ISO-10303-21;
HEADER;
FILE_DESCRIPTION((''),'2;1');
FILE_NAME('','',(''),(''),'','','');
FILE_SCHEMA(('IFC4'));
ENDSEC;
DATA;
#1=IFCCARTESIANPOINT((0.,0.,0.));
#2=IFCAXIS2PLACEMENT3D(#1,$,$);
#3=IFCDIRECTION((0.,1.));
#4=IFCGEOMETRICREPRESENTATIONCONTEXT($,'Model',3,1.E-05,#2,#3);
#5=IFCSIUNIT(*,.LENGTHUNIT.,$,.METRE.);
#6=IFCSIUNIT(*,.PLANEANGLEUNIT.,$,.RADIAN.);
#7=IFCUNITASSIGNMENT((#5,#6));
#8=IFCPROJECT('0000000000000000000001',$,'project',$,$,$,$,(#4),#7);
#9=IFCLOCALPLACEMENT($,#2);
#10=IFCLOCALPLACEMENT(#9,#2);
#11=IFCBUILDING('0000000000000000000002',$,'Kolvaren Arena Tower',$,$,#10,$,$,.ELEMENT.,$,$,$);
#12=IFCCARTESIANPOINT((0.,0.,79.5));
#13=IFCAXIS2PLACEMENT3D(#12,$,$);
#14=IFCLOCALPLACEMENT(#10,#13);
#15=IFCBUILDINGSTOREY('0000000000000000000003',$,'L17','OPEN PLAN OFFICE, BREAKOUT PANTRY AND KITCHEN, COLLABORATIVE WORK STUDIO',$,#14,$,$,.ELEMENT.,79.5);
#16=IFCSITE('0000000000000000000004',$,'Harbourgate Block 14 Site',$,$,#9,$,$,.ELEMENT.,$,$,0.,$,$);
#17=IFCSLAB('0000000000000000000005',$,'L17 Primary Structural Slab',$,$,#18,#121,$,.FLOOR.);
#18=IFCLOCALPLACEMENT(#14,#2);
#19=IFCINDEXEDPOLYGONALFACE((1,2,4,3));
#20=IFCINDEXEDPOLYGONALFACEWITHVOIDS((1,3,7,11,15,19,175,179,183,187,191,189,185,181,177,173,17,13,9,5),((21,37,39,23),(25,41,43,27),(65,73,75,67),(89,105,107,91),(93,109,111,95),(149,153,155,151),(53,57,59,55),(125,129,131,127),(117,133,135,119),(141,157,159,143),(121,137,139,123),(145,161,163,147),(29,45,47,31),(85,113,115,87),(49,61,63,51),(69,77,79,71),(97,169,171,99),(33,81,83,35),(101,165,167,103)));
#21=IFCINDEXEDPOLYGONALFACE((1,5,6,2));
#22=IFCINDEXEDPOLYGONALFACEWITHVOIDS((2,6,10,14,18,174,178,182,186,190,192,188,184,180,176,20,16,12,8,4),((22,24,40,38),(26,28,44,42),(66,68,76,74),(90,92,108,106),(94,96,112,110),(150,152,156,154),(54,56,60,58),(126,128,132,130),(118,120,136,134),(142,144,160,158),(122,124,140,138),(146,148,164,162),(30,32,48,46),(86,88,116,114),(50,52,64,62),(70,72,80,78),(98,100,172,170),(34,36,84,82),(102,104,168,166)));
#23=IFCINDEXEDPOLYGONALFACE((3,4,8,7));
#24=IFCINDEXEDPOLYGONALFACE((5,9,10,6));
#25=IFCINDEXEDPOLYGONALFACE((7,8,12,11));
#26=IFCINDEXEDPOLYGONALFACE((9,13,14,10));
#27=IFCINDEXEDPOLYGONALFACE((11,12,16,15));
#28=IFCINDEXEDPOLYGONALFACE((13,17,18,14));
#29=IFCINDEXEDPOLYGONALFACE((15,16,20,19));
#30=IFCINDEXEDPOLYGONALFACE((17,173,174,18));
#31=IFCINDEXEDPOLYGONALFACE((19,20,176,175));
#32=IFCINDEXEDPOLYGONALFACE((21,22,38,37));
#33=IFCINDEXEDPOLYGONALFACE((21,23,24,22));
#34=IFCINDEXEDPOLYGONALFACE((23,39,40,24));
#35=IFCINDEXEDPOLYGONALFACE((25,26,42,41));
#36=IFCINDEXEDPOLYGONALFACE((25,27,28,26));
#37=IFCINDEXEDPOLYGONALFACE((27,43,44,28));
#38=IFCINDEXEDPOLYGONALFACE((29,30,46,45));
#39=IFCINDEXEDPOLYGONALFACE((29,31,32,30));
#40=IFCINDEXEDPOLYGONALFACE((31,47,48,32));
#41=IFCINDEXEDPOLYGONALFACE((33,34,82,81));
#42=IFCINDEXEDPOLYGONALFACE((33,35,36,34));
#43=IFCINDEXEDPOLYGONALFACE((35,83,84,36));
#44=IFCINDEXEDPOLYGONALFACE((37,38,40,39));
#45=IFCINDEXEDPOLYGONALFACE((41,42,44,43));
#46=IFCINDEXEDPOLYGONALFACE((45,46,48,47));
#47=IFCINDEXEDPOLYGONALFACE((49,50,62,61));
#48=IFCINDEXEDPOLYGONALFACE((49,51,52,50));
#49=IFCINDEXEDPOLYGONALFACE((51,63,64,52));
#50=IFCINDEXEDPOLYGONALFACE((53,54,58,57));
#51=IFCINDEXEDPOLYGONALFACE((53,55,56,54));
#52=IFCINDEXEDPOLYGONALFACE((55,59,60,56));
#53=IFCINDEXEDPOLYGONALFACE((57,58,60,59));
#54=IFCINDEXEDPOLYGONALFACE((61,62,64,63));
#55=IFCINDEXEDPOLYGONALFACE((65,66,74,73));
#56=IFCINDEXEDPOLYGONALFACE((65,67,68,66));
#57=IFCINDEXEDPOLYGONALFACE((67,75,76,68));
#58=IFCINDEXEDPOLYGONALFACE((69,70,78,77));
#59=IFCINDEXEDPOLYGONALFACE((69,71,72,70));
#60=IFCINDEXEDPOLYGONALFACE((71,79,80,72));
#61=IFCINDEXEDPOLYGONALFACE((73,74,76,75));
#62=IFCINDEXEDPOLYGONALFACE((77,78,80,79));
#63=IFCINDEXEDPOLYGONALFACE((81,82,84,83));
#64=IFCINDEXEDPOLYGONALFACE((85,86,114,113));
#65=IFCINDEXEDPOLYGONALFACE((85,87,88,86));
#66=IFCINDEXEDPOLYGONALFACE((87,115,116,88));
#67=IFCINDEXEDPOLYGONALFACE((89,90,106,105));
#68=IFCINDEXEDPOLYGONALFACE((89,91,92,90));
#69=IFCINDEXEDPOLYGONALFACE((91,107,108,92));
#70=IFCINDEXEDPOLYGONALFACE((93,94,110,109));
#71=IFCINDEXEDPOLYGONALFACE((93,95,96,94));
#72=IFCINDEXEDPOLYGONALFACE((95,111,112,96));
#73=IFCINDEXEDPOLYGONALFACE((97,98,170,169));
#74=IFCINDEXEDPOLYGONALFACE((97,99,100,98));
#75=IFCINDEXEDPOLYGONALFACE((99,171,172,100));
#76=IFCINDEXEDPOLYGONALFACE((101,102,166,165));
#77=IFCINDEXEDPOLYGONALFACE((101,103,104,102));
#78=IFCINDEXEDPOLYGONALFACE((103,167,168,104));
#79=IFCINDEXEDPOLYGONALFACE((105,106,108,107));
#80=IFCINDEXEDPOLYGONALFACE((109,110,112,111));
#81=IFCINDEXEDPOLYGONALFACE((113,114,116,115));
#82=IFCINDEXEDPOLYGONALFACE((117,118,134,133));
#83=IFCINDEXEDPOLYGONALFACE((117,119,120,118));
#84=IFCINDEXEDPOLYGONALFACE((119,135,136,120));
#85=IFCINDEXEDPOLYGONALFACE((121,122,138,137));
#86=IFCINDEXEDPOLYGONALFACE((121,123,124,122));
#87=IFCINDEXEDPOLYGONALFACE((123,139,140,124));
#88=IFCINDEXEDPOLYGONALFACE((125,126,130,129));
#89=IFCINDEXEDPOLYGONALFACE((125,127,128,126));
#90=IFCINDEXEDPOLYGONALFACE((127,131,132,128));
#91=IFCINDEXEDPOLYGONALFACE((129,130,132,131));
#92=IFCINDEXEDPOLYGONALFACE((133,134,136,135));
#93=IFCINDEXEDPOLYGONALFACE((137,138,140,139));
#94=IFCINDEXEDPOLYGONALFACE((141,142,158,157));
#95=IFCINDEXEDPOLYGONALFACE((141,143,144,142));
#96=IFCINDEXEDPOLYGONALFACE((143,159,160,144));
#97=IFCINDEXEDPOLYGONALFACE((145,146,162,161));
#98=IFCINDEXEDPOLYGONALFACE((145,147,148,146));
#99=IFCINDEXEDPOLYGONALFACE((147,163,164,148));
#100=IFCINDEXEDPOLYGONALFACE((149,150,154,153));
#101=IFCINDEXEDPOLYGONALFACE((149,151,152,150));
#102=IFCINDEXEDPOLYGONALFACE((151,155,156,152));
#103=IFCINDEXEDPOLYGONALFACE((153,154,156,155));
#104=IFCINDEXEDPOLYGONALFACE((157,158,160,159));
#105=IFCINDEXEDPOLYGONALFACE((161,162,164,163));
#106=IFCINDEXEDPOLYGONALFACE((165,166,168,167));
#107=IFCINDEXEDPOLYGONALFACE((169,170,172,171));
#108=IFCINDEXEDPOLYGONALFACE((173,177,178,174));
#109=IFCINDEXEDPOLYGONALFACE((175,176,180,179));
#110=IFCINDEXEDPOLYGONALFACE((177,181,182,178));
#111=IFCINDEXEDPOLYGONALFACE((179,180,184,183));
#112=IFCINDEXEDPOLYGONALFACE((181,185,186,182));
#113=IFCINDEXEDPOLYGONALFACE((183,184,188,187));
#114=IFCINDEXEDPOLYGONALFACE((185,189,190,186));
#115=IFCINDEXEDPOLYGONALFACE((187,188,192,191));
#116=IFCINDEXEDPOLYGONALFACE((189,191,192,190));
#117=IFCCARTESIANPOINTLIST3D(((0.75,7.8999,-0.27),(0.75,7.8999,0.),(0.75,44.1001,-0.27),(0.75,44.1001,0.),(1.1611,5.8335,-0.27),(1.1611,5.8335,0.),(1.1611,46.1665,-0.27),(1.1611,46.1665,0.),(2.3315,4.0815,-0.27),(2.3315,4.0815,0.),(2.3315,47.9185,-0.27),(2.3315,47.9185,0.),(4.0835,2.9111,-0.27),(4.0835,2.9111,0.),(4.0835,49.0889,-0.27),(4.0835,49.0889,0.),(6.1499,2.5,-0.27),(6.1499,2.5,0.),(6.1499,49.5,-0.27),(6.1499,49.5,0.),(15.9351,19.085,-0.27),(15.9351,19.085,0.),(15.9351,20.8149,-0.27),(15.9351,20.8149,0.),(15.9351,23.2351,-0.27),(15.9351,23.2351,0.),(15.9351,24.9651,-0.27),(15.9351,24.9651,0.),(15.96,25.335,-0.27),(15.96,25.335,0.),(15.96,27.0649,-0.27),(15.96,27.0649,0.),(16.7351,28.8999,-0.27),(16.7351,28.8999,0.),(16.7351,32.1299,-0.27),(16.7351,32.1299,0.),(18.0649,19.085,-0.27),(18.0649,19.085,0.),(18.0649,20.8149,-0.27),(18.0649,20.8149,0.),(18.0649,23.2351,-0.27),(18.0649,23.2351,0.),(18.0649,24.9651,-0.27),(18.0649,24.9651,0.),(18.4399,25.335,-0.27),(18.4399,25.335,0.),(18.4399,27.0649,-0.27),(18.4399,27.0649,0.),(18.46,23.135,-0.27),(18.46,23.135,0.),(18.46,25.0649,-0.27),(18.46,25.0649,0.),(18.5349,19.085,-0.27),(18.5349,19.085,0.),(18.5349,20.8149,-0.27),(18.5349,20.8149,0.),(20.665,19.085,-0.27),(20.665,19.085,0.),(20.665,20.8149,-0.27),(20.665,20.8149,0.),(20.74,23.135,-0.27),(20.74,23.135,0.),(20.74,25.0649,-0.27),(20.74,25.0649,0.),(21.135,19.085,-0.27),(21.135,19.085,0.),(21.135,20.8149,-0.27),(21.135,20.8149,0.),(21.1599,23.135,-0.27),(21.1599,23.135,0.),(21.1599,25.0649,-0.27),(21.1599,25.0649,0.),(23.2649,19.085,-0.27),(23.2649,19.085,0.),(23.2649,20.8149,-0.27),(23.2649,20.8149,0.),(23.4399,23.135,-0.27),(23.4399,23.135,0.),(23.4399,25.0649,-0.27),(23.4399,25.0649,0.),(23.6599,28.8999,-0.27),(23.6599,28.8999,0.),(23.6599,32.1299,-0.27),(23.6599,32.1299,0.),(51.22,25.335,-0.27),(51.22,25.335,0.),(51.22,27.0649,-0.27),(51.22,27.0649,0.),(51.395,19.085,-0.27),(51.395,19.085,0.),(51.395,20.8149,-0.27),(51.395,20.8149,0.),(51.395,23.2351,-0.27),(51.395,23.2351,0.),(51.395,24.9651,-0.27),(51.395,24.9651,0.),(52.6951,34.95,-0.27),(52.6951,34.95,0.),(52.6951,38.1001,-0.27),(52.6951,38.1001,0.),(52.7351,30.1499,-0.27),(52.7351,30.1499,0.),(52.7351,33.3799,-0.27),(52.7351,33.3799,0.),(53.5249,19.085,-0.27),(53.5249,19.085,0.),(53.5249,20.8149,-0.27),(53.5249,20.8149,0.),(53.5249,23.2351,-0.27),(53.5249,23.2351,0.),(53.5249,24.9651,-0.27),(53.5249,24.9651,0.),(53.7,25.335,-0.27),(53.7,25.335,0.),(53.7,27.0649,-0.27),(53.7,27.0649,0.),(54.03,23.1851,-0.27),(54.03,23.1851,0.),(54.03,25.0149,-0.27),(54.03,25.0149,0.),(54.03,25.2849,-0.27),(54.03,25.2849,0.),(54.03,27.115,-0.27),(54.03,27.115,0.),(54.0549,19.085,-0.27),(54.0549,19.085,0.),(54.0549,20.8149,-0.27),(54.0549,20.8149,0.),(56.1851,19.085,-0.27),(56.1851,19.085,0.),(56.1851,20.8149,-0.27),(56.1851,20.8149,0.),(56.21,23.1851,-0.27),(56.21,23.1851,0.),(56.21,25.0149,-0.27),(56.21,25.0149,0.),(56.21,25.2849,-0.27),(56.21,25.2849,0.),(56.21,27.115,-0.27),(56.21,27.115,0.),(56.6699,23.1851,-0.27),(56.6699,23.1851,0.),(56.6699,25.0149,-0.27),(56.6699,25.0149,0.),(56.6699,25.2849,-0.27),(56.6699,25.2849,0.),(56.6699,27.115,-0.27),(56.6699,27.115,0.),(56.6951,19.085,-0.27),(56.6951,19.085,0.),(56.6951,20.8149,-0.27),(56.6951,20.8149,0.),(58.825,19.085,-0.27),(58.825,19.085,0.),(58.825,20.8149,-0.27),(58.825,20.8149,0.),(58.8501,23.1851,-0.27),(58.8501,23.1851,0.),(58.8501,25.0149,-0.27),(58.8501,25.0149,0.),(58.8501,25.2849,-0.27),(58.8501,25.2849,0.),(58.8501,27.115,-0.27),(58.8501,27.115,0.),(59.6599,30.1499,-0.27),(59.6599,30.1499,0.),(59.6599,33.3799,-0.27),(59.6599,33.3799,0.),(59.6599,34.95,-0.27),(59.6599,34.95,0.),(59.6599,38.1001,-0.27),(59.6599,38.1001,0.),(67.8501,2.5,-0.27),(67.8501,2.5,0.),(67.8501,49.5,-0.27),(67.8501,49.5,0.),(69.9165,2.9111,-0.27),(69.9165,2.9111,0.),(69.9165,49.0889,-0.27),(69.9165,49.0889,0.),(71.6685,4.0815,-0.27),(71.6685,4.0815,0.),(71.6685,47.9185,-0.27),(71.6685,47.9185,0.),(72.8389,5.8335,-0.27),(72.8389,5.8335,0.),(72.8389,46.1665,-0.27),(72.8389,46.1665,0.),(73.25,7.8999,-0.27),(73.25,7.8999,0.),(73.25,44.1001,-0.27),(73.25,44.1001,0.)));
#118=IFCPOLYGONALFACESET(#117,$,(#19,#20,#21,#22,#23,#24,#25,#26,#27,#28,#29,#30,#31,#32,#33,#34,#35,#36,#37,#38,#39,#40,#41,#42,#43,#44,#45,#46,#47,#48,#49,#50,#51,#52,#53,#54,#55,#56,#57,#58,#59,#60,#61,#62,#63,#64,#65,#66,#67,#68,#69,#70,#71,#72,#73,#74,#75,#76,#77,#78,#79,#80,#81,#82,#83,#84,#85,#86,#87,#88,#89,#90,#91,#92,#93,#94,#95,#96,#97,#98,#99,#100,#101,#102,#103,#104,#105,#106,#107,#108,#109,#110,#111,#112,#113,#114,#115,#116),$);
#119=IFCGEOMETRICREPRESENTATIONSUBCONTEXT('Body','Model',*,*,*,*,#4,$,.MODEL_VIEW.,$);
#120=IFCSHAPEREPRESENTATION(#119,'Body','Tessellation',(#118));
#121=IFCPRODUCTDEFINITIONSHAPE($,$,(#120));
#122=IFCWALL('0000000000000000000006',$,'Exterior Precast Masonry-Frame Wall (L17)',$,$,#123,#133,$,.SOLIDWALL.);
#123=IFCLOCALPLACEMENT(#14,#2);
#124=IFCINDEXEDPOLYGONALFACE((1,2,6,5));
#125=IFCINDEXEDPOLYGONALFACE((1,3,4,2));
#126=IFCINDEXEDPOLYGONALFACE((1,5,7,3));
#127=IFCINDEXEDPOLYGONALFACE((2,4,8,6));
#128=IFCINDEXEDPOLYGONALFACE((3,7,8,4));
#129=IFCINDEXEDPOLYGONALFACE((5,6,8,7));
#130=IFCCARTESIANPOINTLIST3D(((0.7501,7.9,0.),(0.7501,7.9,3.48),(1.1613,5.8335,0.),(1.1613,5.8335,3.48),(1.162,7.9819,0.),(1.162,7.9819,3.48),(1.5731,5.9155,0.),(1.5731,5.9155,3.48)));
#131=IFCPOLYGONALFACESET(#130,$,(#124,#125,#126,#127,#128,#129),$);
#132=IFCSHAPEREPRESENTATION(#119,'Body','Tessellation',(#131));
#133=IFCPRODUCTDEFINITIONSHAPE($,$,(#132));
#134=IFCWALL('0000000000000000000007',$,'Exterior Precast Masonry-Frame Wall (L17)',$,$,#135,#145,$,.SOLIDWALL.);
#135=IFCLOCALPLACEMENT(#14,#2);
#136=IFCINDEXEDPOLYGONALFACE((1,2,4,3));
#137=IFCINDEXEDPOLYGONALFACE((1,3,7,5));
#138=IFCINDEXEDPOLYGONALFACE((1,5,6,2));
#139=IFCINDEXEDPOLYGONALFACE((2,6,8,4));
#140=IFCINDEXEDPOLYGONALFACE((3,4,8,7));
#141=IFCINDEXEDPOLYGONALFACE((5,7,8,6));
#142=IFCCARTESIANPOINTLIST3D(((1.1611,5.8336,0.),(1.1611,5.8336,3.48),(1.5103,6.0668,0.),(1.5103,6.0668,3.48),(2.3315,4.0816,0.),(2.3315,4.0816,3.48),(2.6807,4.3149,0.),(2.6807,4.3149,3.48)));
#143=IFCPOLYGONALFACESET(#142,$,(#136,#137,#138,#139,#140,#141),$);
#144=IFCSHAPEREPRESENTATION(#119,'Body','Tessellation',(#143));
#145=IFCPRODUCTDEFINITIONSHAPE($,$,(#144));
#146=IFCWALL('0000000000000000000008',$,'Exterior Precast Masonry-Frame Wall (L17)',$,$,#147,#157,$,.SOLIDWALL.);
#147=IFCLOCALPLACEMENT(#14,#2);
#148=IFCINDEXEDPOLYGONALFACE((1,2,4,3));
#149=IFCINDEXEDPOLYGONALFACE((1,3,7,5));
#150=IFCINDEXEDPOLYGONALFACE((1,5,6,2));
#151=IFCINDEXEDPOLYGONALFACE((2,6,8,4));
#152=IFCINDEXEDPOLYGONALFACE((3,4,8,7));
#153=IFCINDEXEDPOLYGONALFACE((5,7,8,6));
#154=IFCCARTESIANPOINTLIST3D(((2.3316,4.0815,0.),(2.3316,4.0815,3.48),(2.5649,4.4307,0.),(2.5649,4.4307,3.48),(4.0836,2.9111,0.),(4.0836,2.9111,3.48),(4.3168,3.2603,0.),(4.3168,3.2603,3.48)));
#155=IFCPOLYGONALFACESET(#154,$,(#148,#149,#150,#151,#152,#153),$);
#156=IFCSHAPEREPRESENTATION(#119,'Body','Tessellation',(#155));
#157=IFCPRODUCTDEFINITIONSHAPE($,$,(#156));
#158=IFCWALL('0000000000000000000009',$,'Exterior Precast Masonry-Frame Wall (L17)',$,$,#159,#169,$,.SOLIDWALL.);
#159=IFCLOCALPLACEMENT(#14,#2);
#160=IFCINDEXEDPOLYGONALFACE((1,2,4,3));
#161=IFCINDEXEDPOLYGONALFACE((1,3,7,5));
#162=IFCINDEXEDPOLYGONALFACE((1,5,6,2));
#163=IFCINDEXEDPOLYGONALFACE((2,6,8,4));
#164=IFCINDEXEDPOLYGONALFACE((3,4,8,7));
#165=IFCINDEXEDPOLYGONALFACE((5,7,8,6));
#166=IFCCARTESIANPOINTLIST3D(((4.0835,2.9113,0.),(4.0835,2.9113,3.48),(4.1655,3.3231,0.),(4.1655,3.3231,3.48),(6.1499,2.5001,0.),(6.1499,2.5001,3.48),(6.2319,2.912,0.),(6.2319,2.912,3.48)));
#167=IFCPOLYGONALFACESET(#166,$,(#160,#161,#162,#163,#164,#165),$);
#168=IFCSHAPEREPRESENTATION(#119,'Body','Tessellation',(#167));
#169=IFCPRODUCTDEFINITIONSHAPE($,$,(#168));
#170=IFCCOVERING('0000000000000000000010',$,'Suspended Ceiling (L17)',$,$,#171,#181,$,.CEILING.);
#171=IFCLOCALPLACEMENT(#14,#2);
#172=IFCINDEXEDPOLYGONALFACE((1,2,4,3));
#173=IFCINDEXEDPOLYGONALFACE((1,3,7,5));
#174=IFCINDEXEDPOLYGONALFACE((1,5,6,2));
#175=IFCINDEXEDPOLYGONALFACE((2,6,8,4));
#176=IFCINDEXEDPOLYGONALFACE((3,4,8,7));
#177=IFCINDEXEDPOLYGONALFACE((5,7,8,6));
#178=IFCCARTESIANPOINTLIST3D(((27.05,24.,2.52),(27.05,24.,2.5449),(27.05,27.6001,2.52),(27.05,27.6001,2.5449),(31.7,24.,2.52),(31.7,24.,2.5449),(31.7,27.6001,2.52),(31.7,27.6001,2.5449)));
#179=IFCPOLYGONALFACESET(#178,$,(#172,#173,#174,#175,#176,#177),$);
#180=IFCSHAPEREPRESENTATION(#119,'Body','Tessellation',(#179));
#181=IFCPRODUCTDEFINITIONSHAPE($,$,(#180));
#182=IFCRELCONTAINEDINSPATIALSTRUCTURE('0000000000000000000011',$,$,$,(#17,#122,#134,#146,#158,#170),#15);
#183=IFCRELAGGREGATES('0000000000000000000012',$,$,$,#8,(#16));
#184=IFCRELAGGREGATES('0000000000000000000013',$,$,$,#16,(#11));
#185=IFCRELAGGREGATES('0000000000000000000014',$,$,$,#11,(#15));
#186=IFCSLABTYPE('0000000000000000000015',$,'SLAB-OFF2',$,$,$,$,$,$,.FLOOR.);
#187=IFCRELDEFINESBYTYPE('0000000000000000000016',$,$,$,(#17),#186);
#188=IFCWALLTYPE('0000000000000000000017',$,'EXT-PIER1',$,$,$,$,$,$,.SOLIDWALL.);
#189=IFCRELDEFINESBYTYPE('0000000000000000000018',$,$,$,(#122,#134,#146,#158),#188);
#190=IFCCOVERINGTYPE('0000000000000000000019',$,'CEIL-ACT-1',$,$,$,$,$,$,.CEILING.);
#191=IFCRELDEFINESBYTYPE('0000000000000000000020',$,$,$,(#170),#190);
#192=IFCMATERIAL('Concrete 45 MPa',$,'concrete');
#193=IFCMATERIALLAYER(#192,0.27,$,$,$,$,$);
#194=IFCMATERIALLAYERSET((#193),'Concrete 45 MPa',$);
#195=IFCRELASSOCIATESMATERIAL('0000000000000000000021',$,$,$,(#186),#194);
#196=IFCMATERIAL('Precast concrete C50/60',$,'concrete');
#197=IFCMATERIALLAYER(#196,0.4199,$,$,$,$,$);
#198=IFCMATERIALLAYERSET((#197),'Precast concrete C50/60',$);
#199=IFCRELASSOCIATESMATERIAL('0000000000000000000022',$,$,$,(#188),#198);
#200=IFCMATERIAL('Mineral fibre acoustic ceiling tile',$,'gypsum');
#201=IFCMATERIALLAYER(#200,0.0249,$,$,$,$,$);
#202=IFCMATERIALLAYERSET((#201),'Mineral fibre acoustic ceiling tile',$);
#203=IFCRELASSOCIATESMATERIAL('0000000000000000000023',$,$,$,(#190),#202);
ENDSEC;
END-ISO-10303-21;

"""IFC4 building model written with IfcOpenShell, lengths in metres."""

from ifc_helpers import new_model, si_unit, direction, frame, frame_2d, origin, place, context, subcontext, project, spatial, polyline, rectangle, outline, extrude, material, layer, layer_set, type_object, element, save


model = new_model("IFC4")

# Units and contexts
model_context = context("Model", 3, precision=1e-05, world=origin(), true_north=direction((0.0, 1.0)))
body_context = subcontext(model_context, "Body", "Model", "MODEL_VIEW")
ifc_project = project(units=[si_unit("LENGTHUNIT", "METRE"), si_unit("PLANEANGLEUNIT", "RADIAN")], contexts=[model_context])

# Site, building, storey
site_placement = place(None, origin())
site = spatial("IfcSite", under=ifc_project, at=site_placement, Name="Harbourgate Block 14 Site", CompositionType="ELEMENT", RefElevation=0.0)
building_placement = place(site_placement, origin())
building = spatial("IfcBuilding", under=site, at=building_placement, Name="Kolvaren Arena Tower", CompositionType="ELEMENT")
storey_placement = place(building_placement, frame((0.0, 0.0, 79.5)))
storey = spatial("IfcBuildingStorey", under=building, at=storey_placement, Name="L17", Description="OPEN PLAN OFFICE, BREAKOUT PANTRY AND KITCHEN, COLLABORATIVE WORK STUDIO", CompositionType="ELEMENT", Elevation=79.5)

# Shared definitions
ifc_material_1 = material(Name="Concrete 45 MPa", Category="concrete")

# Slab
ifc_layer_1 = layer(ifc_material_1, 0.27)
ifc_layer_set_1 = layer_set([ifc_layer_1], Name="Concrete 45 MPa")
slab_type_1 = type_object("IfcSlabType", Name="SLAB-OFF2", PredefinedType="FLOOR", material=ifc_layer_set_1)
slab_1_placement = place(storey_placement, frame((0.0, 0.0, -0.27)))
element("IfcSlab", 1, at=slab_1_placement, inside=storey, type_object=slab_type_1, Name="L17 Primary Structural Slab", PredefinedType="FLOOR", context=body_context, shape_type="SweptSolid", body=[
    extrude(outline(polyline([(67.8501, 2.5), (69.9165, 2.9111), (71.6685, 4.0815), (72.8389, 5.8335), (73.25, 7.8999), (73.25, 44.1001), (72.8389, 46.1665), (71.6685, 47.9185), (69.9165, 49.0889), (67.8501, 49.5), (6.1499, 49.5), (4.0835, 49.0889), (2.3315, 47.9185), (1.1611, 46.1665), (0.75, 44.1001), (0.75, 7.8999), (1.1611, 5.8335), (2.3315, 4.0815), (4.0835, 2.9111), (6.1499, 2.5), (67.8501, 2.5)]), holes=[polyline([(15.9351, 19.085), (15.9351, 20.8149), (18.0649, 20.8149), (18.0649, 19.085), (15.9351, 19.085)]), polyline([(18.5349, 19.085), (18.5349, 20.8149), (20.665, 20.8149), (20.665, 19.085), (18.5349, 19.085)]), polyline([(21.135, 19.085), (21.135, 20.8149), (23.2649, 20.8149), (23.2649, 19.085), (21.135, 19.085)]), polyline([(51.395, 19.085), (51.395, 20.8149), (53.5249, 20.8149), (53.5249, 19.085), (51.395, 19.085)]), polyline([(54.0549, 19.085), (54.0549, 20.8149), (56.1851, 20.8149), (56.1851, 19.085), (54.0549, 19.085)]), polyline([(56.6951, 19.085), (56.6951, 20.8149), (58.825, 20.8149), (58.825, 19.085), (56.6951, 19.085)]), polyline([(18.46, 23.135), (18.46, 25.0649), (20.74, 25.0649), (20.74, 23.135), (18.46, 23.135)]), polyline([(21.1599, 23.135), (21.1599, 25.0649), (23.4399, 25.0649), (23.4399, 23.135), (21.1599, 23.135)]), polyline([(54.03, 25.0149), (56.21, 25.0149), (56.21, 23.1851), (54.03, 23.1851), (54.03, 25.0149)]), polyline([(56.6699, 25.0149), (58.8501, 25.0149), (58.8501, 23.1851), (56.6699, 23.1851), (56.6699, 25.0149)]), polyline([(15.9351, 23.2351), (15.9351, 24.9651), (18.0649, 24.9651), (18.0649, 23.2351), (15.9351, 23.2351)]), polyline([(51.395, 24.9651), (53.5249, 24.9651), (53.5249, 23.2351), (51.395, 23.2351), (51.395, 24.9651)]), polyline([(54.03, 25.2849), (54.03, 27.115), (56.21, 27.115), (56.21, 25.2849), (54.03, 25.2849)]), polyline([(56.6699, 25.2849), (56.6699, 27.115), (58.8501, 27.115), (58.8501, 25.2849), (56.6699, 25.2849)]), polyline([(15.96, 27.0649), (18.4399, 27.0649), (18.4399, 25.335), (15.96, 25.335), (15.96, 27.0649)]), polyline([(51.22, 25.335), (51.22, 27.0649), (53.7, 27.0649), (53.7, 25.335), (51.22, 25.335)]), polyline([(16.7351, 28.8999), (16.7351, 32.1299), (23.6599, 32.1299), (23.6599, 28.8999), (16.7351, 28.8999)]), polyline([(52.7351, 33.3799), (59.6599, 33.3799), (59.6599, 30.1499), (52.7351, 30.1499), (52.7351, 33.3799)]), polyline([(52.6951, 38.1001), (59.6599, 38.1001), (59.6599, 34.95), (52.6951, 34.95), (52.6951, 38.1001)])]), origin(), (0.0, 0.0, 1.0), 0.27),
])

# Walls
ifc_material_2 = material(Name="Precast concrete C50/60", Category="concrete")
ifc_layer_2 = layer(ifc_material_2, 0.4199)
ifc_layer_set_2 = layer_set([ifc_layer_2], Name="Precast concrete C50/60")
wall_type = type_object("IfcWallType", Name="EXT-PIER1", PredefinedType="SOLIDWALL", material=ifc_layer_set_2)
for number, where, z_axis, x_axis, name in (
    (2, (1.3672, 5.8745, 0.0), (0.0, 0.0, 1.0), (-0.195136, 0.980776, 0.0), "Exterior Precast Masonry-Frame Wall (L17)"),
    (3, (2.5061, 4.1982, 0.0), (0.0, 0.0, 1.0), (-0.555502, 0.831515, 0.0), "Exterior Precast Masonry-Frame Wall (L17)"),
    (4, (4.2002, 3.0857, 0.0), (0.0, 0.0, 1.0), (-0.831515, 0.555502, 0.0), "Exterior Precast Masonry-Frame Wall (L17)"),
    (5, (6.1909, 2.7061, 0.0), (0.0, 0.0, 1.0), (-0.980776, 0.195136, 0.0), "Exterior Precast Masonry-Frame Wall (L17)"),
):
    element("IfcWall", number, at=place(storey_placement, frame(where, z_axis=z_axis, x_axis=x_axis)), inside=storey, type_object=wall_type, Name=name, PredefinedType="SOLIDWALL", context=body_context, shape_type="SweptSolid", body=[
        extrude(rectangle(XDim=2.1069, YDim=0.4199, at=frame_2d((1.0535, 0.0))), origin(), (0.0, 0.0, 1.0), 3.48),
    ])

# Covering
ifc_material_3 = material(Name="Mineral fibre acoustic ceiling tile", Category="gypsum")
ifc_layer_3 = layer(ifc_material_3, 0.0249)
ifc_layer_set_3 = layer_set([ifc_layer_3], Name="Mineral fibre acoustic ceiling tile")
covering_type_1 = type_object("IfcCoveringType", Name="CEIL-ACT-1", PredefinedType="CEILING", material=ifc_layer_set_3)
covering_1_placement = place(storey_placement, frame((0.0, 0.0, 2.52)))
element("IfcCovering", 6, at=covering_1_placement, inside=storey, type_object=covering_type_1, Name="Suspended Ceiling (L17)", PredefinedType="CEILING", context=body_context, shape_type="SweptSolid", body=[
    extrude(outline(polyline([(27.05, 24.0), (27.05, 27.6001), (31.7, 27.6001), (31.7, 24.0), (27.05, 24.0)])), origin(), (0.0, 0.0, 1.0), 0.0249),
])

save(model, "model.ifc")
